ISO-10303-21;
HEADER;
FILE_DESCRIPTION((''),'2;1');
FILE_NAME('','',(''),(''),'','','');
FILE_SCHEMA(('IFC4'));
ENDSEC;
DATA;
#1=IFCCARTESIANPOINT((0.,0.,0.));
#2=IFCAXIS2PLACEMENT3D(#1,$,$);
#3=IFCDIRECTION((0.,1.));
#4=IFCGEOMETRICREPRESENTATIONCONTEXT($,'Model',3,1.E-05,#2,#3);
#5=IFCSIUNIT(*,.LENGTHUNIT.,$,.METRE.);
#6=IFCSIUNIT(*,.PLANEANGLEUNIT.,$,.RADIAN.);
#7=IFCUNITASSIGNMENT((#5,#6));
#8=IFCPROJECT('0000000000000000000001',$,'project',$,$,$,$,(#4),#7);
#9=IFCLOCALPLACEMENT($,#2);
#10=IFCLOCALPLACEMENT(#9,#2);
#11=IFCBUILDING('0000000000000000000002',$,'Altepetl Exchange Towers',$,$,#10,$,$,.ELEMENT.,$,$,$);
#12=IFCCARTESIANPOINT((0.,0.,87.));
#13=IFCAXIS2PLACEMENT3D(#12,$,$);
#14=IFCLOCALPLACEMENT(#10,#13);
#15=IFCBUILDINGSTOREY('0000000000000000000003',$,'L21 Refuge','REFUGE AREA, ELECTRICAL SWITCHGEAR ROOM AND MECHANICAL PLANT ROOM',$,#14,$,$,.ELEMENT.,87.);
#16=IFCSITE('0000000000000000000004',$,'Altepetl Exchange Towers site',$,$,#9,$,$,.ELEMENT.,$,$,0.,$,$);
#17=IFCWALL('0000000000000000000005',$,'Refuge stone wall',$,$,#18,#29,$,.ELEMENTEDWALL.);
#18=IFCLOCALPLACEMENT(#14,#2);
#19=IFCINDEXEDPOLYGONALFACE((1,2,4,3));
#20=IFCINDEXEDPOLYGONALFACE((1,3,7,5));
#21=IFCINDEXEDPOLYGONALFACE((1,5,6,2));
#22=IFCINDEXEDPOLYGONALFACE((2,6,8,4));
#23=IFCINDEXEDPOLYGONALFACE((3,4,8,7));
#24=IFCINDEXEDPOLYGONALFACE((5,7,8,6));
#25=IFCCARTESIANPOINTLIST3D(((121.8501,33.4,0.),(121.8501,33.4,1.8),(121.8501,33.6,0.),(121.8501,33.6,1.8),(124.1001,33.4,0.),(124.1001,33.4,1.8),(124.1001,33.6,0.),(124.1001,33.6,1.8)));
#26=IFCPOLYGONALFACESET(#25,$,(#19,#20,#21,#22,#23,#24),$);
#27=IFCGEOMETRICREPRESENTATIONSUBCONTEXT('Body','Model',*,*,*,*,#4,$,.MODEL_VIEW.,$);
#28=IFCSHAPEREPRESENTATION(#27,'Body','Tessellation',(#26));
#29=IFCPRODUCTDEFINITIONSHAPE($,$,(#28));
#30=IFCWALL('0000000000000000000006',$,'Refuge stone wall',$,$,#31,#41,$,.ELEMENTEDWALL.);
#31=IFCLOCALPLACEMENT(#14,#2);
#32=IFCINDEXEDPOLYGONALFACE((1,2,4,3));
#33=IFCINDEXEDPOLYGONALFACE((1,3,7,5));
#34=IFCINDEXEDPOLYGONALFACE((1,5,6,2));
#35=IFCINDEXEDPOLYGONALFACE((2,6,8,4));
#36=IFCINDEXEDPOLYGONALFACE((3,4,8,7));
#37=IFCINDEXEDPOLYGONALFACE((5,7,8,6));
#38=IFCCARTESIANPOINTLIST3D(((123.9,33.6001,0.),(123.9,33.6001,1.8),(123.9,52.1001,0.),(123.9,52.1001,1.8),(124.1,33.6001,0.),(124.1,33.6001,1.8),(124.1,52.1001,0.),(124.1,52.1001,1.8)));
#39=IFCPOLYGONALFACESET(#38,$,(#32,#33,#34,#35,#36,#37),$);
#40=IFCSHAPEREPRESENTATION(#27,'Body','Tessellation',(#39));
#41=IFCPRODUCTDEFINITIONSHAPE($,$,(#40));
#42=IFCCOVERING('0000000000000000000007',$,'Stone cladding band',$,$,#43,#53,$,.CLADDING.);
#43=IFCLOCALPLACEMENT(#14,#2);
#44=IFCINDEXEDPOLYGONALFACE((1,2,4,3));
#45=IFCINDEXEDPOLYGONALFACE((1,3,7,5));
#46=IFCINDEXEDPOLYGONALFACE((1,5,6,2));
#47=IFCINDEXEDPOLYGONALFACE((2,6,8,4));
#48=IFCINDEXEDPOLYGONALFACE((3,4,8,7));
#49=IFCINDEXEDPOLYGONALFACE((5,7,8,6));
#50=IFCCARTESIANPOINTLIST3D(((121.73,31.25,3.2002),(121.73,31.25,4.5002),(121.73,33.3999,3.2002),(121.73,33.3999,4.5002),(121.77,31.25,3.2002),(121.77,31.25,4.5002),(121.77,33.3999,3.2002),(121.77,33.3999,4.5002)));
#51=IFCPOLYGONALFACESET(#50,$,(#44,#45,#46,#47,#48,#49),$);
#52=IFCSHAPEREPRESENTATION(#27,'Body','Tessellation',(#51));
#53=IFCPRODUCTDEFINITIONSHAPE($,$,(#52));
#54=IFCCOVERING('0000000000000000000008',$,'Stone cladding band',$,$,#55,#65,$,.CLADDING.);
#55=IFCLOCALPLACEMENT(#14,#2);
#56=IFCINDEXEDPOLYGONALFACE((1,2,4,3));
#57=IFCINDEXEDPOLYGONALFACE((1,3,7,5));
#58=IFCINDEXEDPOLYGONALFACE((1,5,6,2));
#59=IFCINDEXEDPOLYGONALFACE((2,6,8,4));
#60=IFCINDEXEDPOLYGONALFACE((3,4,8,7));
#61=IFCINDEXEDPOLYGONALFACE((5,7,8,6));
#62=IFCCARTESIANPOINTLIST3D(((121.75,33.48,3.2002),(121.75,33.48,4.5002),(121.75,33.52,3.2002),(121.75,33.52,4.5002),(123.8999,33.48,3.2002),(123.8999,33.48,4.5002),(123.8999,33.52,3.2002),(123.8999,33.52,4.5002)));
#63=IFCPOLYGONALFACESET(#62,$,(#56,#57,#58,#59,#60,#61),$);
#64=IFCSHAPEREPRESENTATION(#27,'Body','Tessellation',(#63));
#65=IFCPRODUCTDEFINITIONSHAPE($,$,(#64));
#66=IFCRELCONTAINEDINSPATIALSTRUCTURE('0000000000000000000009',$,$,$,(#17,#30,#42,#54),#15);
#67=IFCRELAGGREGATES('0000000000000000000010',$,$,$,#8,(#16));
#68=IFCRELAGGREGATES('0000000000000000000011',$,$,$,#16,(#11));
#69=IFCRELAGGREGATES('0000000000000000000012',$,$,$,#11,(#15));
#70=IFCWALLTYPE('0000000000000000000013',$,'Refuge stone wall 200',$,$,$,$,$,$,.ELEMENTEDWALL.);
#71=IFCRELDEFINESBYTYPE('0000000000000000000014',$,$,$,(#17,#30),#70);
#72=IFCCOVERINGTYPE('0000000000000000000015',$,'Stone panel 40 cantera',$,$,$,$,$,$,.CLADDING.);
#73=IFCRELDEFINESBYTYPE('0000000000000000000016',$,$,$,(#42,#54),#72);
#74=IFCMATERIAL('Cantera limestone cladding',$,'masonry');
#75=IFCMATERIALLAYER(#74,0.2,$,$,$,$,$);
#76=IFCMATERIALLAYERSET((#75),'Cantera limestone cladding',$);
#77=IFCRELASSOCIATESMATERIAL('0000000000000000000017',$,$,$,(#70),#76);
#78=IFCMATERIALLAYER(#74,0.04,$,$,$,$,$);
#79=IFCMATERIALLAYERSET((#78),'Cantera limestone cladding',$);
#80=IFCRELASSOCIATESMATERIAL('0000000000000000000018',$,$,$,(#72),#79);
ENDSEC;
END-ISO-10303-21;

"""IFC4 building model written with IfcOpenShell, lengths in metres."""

from ifc_helpers import new_model, si_unit, direction, frame, frame_2d, origin, origin_2d, place, context, subcontext, project, spatial, rectangle, extrude, material, layer, layer_set, type_object, element, save


model = new_model("IFC4")

# Units and contexts
model_context = context("Model", 3, precision=1e-05, world=origin(), true_north=direction((0.0, 1.0)))
body_context = subcontext(model_context, "Body", "Model", "MODEL_VIEW")
ifc_project = project(units=[si_unit("LENGTHUNIT", "METRE"), si_unit("PLANEANGLEUNIT", "RADIAN")], contexts=[model_context])

# Site, building, storey
site_placement = place(None, origin())
site = spatial("IfcSite", under=ifc_project, at=site_placement, Name="Altepetl Exchange Towers site", CompositionType="ELEMENT", RefElevation=0.0)
building_placement = place(site_placement, origin())
building = spatial("IfcBuilding", under=site, at=building_placement, Name="Altepetl Exchange Towers", CompositionType="ELEMENT")
storey_placement = place(building_placement, frame((0.0, 0.0, 87.0)))
storey = spatial("IfcBuildingStorey", under=building, at=storey_placement, Name="L21 Refuge", Description="REFUGE AREA, ELECTRICAL SWITCHGEAR ROOM AND MECHANICAL PLANT ROOM", CompositionType="ELEMENT", Elevation=87.0)

# Walls
ifc_material_1 = material(Name="Cantera limestone cladding", Category="masonry")
ifc_layer_1 = layer(ifc_material_1, 0.2)
ifc_layer_set_1 = layer_set([ifc_layer_1], Name="Cantera limestone cladding")
wall_type_1 = type_object("IfcWallType", Name="Refuge stone wall 200", PredefinedType="ELEMENTEDWALL", material=ifc_layer_set_1)
wall_1_placement = place(storey_placement, frame((121.8501, 33.5, 0.0)))
element("IfcWall", 1, at=wall_1_placement, inside=storey, type_object=wall_type_1, Name="Refuge stone wall", PredefinedType="ELEMENTEDWALL", context=body_context, shape_type="SweptSolid", body=[
    extrude(rectangle(XDim=2.25, YDim=0.2, at=frame_2d((1.125, 0.0))), origin(), (0.0, 0.0, 1.0), 1.8),
])
wall_2_placement = place(storey_placement, frame((124.0, 33.6001, 0.0), z_axis=(0.0, 0.0, 1.0), x_axis=(0.0, 1.0, 0.0)))
element("IfcWall", 2, at=wall_2_placement, inside=storey, type_object=wall_type_1, Name="Refuge stone wall", PredefinedType="ELEMENTEDWALL", context=body_context, shape_type="SweptSolid", body=[
    extrude(rectangle(XDim=18.5, YDim=0.2, at=frame_2d((9.25, 0.0))), origin(), (0.0, 0.0, 1.0), 1.8),
])

# Coverings
ifc_layer_2 = layer(ifc_material_1, 0.04)
ifc_layer_set_2 = layer_set([ifc_layer_2], Name="Cantera limestone cladding")
covering_type = type_object("IfcCoveringType", Name="Stone panel 40 cantera", PredefinedType="CLADDING", material=ifc_layer_set_2)
covering_1_placement = place(storey_placement, frame((121.75, 32.325, 3.2002), z_axis=(0.0, 0.0, 1.0), x_axis=(0.0, 1.0, 0.0)))
element("IfcCovering", 3, at=covering_1_placement, inside=storey, type_object=covering_type, Name="Stone cladding band", PredefinedType="CLADDING", context=body_context, shape_type="SweptSolid", body=[
    extrude(rectangle(XDim=2.1499, YDim=0.04, at=origin_2d()), origin(), (0.0, 0.0, 1.0), 1.3),
])
covering_2_placement = place(storey_placement, frame((122.825, 33.5, 3.2002)))
element("IfcCovering", 4, at=covering_2_placement, inside=storey, type_object=covering_type, Name="Stone cladding band", PredefinedType="CLADDING", context=body_context, shape_type="SweptSolid", body=[
    extrude(rectangle(XDim=2.1499, YDim=0.04, at=origin_2d()), origin(), (0.0, 0.0, 1.0), 1.3),
])

save(model, "model.ifc")
